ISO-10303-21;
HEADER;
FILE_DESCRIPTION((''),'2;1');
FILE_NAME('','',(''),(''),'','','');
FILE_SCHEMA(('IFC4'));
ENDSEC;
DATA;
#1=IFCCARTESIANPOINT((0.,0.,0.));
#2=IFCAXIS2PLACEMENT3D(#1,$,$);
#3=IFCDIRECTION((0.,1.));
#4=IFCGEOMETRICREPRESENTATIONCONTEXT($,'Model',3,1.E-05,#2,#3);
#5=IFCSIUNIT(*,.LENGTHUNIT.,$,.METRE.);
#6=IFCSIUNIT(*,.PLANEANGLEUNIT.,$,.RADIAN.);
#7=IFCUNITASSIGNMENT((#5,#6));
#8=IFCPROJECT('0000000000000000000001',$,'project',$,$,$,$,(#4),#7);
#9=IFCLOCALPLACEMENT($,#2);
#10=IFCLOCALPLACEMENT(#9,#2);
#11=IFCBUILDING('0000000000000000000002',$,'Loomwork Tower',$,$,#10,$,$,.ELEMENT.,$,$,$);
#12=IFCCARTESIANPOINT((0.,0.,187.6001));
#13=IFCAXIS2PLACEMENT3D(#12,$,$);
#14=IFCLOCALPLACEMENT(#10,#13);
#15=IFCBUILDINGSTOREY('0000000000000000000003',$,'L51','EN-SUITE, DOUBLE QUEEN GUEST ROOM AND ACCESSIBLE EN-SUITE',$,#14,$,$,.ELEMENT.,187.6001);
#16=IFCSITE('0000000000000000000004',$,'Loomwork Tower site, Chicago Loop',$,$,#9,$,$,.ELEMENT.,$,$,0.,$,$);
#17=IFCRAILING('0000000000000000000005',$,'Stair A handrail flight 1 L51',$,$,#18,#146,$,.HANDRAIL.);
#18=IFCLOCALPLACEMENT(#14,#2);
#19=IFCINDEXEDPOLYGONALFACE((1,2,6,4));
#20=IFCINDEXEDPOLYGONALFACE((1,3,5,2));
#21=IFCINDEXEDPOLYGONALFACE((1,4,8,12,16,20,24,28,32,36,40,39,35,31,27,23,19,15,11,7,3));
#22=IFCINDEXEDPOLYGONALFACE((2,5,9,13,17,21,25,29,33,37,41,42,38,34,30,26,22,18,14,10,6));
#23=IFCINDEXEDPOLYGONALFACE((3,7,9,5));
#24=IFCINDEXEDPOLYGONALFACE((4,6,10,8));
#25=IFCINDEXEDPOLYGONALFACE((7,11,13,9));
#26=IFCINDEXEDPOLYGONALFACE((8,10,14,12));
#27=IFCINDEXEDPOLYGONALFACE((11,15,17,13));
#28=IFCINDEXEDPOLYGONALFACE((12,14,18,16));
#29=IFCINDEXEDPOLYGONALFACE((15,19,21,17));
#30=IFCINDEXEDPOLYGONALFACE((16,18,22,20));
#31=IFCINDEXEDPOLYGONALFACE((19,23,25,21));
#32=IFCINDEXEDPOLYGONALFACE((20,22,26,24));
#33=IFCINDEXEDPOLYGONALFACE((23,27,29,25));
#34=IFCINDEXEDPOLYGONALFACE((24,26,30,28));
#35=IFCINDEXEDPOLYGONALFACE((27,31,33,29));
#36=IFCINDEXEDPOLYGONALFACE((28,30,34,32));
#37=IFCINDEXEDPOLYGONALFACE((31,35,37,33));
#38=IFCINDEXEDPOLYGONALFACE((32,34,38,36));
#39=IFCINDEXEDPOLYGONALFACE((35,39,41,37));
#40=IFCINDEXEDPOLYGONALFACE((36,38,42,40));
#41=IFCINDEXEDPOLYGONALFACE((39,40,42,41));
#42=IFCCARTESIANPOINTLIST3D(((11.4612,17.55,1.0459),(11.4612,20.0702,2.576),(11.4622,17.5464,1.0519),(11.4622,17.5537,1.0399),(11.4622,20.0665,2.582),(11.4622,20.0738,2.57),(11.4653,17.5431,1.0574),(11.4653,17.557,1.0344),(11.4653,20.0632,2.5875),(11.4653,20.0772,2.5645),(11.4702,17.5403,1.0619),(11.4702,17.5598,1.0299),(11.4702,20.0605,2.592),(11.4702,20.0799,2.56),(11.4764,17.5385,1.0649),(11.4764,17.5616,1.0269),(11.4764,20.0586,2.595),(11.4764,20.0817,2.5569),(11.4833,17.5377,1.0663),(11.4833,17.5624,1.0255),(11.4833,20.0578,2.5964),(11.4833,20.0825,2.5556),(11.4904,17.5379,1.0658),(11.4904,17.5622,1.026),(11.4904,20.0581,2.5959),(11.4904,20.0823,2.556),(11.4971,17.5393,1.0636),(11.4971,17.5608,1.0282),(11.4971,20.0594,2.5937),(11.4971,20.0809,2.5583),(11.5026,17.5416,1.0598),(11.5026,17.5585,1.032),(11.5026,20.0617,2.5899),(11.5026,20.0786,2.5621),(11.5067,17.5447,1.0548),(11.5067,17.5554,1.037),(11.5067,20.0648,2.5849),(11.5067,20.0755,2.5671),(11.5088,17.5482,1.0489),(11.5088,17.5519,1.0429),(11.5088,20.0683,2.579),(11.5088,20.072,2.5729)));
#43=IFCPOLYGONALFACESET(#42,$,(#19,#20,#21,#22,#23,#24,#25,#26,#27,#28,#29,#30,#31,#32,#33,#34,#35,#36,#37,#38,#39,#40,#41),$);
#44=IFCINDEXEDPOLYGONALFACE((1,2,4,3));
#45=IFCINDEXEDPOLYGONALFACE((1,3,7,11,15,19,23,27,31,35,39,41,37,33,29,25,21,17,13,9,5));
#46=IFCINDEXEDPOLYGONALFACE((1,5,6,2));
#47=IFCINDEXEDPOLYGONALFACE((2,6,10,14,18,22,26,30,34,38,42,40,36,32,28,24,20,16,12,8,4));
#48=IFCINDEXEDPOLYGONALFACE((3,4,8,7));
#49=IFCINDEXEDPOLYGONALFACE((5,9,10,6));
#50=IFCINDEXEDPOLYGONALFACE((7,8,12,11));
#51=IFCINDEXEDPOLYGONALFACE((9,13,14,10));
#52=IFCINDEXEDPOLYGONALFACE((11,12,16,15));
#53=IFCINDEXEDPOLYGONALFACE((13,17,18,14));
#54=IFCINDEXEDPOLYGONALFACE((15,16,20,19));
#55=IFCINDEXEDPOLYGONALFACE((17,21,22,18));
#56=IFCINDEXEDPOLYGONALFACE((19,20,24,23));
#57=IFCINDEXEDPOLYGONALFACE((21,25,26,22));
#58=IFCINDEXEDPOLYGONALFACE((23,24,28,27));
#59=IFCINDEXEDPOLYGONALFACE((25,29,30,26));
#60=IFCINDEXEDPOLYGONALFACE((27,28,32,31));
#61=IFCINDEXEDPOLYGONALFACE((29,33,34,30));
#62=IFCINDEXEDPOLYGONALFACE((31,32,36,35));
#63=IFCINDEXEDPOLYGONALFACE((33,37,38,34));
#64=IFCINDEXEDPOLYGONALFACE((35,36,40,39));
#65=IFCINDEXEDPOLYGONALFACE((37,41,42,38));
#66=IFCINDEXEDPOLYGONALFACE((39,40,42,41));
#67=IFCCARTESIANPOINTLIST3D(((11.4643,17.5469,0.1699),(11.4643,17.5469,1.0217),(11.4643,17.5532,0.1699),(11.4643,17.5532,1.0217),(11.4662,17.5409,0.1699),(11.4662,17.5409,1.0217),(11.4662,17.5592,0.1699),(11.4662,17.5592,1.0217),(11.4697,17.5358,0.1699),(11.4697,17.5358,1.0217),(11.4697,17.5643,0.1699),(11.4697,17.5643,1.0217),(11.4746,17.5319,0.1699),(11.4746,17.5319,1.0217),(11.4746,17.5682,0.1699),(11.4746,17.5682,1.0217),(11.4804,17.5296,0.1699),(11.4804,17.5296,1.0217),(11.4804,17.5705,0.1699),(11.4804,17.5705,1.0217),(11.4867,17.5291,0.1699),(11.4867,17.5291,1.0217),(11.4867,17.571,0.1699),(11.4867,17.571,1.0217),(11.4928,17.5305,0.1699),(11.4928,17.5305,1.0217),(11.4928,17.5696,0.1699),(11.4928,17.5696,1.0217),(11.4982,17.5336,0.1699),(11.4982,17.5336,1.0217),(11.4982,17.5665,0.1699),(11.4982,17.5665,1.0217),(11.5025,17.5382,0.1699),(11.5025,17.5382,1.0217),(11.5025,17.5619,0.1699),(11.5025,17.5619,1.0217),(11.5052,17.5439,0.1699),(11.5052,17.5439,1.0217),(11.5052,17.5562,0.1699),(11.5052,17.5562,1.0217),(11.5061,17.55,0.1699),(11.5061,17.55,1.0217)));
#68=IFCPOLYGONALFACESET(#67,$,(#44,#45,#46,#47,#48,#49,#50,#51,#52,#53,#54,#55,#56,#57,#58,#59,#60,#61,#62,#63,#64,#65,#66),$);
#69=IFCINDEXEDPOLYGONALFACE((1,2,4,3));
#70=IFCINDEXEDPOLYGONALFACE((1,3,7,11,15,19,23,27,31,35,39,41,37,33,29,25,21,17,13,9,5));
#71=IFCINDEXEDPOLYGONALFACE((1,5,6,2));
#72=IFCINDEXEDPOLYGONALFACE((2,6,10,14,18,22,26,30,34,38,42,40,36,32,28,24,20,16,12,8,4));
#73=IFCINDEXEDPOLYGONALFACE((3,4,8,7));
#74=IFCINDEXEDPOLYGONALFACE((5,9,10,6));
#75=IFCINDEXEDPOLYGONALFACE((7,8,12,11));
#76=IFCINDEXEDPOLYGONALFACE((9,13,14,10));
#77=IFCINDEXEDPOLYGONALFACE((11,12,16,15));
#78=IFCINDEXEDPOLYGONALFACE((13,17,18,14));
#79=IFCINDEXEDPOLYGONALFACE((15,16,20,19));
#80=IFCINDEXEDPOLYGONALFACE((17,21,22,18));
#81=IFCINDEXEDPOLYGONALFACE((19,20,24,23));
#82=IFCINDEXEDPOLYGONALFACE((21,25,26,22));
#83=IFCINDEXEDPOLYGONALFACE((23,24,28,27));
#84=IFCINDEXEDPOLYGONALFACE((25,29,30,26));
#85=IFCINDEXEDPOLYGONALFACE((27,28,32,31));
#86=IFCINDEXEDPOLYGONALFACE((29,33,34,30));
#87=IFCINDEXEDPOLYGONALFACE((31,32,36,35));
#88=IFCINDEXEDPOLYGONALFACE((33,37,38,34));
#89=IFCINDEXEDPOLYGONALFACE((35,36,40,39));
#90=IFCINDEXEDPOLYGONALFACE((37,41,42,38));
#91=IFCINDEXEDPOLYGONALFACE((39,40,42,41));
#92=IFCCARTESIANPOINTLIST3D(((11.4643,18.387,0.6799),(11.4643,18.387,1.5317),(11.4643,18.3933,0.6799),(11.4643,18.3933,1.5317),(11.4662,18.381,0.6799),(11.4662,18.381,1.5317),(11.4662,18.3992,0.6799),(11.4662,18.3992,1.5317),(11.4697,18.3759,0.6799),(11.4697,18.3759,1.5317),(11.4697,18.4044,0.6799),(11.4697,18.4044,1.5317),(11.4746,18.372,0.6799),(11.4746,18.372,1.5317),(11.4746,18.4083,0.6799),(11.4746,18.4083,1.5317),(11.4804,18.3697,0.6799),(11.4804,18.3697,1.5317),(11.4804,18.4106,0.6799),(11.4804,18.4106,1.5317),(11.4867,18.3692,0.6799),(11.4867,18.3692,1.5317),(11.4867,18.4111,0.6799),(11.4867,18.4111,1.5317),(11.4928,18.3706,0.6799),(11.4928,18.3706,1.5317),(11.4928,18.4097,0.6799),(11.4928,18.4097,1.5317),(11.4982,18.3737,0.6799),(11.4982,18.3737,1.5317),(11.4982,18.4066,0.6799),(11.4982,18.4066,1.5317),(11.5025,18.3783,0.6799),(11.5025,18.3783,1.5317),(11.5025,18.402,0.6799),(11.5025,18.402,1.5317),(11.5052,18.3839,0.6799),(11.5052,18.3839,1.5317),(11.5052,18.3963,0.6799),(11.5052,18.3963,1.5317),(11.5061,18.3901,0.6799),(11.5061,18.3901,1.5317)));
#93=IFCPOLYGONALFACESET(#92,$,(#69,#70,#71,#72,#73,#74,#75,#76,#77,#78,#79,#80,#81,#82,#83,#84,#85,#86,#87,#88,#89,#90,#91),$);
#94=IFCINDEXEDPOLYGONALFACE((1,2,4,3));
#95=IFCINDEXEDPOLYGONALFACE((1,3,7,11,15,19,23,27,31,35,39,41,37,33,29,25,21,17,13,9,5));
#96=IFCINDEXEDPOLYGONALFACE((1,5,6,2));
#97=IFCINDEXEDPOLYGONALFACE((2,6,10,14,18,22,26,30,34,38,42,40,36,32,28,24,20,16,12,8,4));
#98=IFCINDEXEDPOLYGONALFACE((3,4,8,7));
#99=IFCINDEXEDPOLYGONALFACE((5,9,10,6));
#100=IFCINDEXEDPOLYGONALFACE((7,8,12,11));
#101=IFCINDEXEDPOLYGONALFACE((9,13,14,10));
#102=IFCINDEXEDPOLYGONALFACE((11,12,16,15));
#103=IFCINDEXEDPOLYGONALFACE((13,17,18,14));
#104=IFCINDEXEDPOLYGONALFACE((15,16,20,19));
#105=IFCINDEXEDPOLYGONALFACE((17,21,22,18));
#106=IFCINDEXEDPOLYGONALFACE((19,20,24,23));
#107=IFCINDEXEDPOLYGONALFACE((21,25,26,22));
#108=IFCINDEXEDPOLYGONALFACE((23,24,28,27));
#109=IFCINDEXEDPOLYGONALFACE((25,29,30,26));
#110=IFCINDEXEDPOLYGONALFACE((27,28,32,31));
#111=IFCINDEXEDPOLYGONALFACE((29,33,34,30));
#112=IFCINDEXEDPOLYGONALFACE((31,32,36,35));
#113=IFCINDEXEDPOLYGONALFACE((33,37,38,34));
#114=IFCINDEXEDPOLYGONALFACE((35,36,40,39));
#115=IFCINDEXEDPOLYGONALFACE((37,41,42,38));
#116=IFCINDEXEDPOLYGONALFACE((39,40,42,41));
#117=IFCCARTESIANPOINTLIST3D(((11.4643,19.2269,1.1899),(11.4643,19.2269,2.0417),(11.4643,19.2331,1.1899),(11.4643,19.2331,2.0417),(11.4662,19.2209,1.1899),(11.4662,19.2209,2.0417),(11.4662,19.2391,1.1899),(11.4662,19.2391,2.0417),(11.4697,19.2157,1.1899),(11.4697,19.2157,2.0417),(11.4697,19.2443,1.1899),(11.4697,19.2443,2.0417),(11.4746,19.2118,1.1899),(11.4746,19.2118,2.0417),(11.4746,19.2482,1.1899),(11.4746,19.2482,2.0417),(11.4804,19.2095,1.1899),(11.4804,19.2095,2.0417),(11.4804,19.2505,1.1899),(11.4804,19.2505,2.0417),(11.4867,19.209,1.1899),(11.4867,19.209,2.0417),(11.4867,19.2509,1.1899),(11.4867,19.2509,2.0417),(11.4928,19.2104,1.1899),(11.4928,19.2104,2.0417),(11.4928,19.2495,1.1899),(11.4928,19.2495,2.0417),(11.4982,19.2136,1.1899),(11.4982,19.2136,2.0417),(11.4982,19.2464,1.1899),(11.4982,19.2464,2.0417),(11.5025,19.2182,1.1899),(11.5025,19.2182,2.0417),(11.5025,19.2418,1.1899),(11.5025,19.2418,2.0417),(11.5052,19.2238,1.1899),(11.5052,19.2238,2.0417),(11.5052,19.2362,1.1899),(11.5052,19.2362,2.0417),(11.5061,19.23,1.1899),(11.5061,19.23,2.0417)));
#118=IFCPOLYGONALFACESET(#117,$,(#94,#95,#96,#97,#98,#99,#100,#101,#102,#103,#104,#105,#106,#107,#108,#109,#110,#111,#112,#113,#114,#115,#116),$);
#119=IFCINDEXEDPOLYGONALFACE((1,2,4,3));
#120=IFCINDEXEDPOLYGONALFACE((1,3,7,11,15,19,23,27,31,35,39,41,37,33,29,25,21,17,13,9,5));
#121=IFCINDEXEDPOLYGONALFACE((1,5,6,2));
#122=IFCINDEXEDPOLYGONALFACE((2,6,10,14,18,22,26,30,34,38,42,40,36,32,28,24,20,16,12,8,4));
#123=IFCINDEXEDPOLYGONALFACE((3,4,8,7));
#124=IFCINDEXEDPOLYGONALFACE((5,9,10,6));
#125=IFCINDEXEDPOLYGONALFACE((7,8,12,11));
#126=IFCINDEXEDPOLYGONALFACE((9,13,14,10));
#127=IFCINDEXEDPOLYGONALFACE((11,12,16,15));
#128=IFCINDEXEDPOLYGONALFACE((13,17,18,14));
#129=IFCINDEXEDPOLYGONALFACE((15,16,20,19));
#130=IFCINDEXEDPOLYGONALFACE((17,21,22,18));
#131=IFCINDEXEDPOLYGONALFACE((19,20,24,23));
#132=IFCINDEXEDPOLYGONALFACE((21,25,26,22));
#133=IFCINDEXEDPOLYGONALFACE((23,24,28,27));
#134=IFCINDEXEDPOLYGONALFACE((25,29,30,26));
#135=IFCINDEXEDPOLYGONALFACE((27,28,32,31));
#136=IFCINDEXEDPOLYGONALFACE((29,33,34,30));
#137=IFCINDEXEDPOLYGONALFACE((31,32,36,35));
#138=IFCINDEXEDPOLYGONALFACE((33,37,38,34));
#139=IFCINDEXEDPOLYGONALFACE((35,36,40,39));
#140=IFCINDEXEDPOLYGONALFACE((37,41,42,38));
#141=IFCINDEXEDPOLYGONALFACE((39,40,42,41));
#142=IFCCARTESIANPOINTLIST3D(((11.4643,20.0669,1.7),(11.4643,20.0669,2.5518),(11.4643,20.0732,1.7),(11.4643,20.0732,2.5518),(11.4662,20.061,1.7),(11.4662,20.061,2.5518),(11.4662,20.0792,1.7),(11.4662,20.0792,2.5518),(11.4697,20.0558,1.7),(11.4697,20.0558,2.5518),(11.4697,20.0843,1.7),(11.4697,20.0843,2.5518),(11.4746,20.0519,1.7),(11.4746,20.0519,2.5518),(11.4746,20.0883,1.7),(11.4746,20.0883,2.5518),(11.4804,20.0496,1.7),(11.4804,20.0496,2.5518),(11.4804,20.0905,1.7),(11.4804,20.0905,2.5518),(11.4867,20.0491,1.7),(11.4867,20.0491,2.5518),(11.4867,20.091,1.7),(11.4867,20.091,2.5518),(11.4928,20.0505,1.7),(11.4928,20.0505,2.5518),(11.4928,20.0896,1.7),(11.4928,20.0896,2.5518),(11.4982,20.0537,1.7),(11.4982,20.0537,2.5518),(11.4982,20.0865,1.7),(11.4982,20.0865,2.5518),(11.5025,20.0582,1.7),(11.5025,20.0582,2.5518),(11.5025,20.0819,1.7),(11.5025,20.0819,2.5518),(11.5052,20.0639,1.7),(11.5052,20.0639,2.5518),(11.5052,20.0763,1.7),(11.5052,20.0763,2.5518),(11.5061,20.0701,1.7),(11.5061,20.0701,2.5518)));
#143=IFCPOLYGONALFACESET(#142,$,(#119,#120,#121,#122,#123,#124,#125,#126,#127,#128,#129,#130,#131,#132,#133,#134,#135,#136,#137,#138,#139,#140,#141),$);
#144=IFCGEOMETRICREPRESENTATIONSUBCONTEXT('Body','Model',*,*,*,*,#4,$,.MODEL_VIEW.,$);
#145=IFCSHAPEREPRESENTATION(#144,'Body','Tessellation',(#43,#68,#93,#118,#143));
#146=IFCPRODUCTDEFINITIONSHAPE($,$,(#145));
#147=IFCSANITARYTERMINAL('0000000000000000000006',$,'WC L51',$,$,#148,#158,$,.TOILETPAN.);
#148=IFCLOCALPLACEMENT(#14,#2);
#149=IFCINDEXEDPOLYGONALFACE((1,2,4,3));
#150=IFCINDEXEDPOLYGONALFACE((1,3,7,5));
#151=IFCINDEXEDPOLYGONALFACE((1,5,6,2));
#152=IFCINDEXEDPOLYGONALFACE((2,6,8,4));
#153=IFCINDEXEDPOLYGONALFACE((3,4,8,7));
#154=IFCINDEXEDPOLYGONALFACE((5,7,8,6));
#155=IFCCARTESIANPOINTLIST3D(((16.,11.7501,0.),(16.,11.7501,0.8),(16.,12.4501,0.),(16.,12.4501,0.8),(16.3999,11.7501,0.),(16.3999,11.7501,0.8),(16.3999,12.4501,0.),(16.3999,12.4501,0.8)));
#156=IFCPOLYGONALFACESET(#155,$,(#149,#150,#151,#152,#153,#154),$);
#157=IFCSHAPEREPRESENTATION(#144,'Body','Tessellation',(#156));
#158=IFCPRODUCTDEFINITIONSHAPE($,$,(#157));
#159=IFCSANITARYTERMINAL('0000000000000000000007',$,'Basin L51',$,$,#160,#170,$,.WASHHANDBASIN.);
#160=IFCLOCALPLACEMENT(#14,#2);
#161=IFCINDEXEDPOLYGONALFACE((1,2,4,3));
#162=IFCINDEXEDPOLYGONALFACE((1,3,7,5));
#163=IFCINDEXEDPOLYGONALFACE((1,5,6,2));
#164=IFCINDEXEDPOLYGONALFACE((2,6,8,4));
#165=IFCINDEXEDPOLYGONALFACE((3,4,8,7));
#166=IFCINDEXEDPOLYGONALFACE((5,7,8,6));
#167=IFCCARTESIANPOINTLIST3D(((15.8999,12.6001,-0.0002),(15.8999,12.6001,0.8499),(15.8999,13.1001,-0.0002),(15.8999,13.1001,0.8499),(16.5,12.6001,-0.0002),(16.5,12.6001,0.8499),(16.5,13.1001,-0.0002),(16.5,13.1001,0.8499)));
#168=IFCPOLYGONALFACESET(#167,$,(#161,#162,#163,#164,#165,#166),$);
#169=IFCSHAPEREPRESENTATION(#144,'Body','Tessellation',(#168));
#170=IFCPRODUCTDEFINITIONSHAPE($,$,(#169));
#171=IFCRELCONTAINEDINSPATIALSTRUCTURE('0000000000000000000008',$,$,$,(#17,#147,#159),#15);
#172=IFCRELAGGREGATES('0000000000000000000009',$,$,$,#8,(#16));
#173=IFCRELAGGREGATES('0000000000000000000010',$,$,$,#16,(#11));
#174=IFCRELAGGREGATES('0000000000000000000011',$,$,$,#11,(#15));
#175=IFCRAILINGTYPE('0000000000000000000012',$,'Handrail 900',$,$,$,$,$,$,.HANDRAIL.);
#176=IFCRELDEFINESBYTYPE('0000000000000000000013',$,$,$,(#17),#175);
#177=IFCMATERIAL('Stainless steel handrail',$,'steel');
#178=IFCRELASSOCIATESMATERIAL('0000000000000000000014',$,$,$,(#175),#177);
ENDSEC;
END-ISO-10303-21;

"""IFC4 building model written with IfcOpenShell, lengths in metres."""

from ifc_helpers import new_model, si_unit, direction, frame, origin, origin_2d, place, context, subcontext, project, spatial, rectangle, circle, extrude, material, type_object, element, save


model = new_model("IFC4")

# Units and contexts
model_context = context("Model", 3, precision=1e-05, world=origin(), true_north=direction((0.0, 1.0)))
body_context = subcontext(model_context, "Body", "Model", "MODEL_VIEW")
ifc_project = project(units=[si_unit("LENGTHUNIT", "METRE"), si_unit("PLANEANGLEUNIT", "RADIAN")], contexts=[model_context])

# Site, building, storey
site_placement = place(None, origin())
site = spatial("IfcSite", under=ifc_project, at=site_placement, Name="Loomwork Tower site, Chicago Loop", CompositionType="ELEMENT", RefElevation=0.0)
building_placement = place(site_placement, origin())
building = spatial("IfcBuilding", under=site, at=building_placement, Name="Loomwork Tower", CompositionType="ELEMENT")
storey_placement = place(building_placement, frame((0.0, 0.0, 187.6001)))
storey = spatial("IfcBuildingStorey", under=building, at=storey_placement, Name="L51", Description="EN-SUITE, DOUBLE QUEEN GUEST ROOM AND ACCESSIBLE EN-SUITE", CompositionType="ELEMENT", Elevation=187.6001)

# Railing
ifc_material_1 = material(Name="Stainless steel handrail", Category="steel")
railing_type = type_object("IfcRailingType", Name="Handrail 900", PredefinedType="HANDRAIL", material=ifc_material_1)
railing_placement = place(storey_placement, frame((11.4851, 17.55, 0.1699)))
element("IfcRailing", 1, at=railing_placement, inside=storey, type_object=railing_type, Name="Stair A handrail flight 1 L51", PredefinedType="HANDRAIL", context=body_context, shape_type="SweptSolid", body=[
    extrude(circle(Radius=0.0239, at=origin_2d()), frame((0.0, 0.0, 0.876), z_axis=(0.0, 0.854785, 0.518982), x_axis=(-1.0, 0.0, 0.0)), (0.0, 0.0, 1.0), 2.9482),
    extrude(circle(Radius=0.021, at=origin_2d()), origin(), (0.0, 0.0, 1.0), 0.8518),
    extrude(circle(Radius=0.021, at=origin_2d()), frame((0.0, 0.8401, 0.51)), (0.0, 0.0, 1.0), 0.8518),
    extrude(circle(Radius=0.021, at=origin_2d()), frame((0.0, 1.6799, 1.02)), (0.0, 0.0, 1.0), 0.8518),
    extrude(circle(Radius=0.021, at=origin_2d()), frame((0.0, 2.52, 1.53)), (0.0, 0.0, 1.0), 0.8518),
])

# Sanitary terminals
sanitary_terminal_1_placement = place(storey_placement, frame((16.2, 12.1001, 0.0), z_axis=(0.0, 0.0, 1.0), x_axis=(1.0, 0.0, 0.0)))
element("IfcSanitaryTerminal", 2, at=sanitary_terminal_1_placement, inside=storey, Name="WC L51", PredefinedType="TOILETPAN", context=body_context, shape_type="SweptSolid", body=[
    extrude(rectangle(XDim=0.3999, YDim=0.7, at=origin_2d()), origin(), (0.0, 0.0, 1.0), 0.8),
])
sanitary_terminal_2_placement = place(storey_placement, frame((16.2, 12.8501, -0.0002), z_axis=(0.0, 0.0, 1.0), x_axis=(1.0, 0.0, 0.0)))
element("IfcSanitaryTerminal", 3, at=sanitary_terminal_2_placement, inside=storey, Name="Basin L51", PredefinedType="WASHHANDBASIN", context=body_context, shape_type="SweptSolid", body=[
    extrude(rectangle(XDim=0.6001, YDim=0.5, at=origin_2d()), origin(), (0.0, 0.0, 1.0), 0.8501),
])

save(model, "model.ifc")
